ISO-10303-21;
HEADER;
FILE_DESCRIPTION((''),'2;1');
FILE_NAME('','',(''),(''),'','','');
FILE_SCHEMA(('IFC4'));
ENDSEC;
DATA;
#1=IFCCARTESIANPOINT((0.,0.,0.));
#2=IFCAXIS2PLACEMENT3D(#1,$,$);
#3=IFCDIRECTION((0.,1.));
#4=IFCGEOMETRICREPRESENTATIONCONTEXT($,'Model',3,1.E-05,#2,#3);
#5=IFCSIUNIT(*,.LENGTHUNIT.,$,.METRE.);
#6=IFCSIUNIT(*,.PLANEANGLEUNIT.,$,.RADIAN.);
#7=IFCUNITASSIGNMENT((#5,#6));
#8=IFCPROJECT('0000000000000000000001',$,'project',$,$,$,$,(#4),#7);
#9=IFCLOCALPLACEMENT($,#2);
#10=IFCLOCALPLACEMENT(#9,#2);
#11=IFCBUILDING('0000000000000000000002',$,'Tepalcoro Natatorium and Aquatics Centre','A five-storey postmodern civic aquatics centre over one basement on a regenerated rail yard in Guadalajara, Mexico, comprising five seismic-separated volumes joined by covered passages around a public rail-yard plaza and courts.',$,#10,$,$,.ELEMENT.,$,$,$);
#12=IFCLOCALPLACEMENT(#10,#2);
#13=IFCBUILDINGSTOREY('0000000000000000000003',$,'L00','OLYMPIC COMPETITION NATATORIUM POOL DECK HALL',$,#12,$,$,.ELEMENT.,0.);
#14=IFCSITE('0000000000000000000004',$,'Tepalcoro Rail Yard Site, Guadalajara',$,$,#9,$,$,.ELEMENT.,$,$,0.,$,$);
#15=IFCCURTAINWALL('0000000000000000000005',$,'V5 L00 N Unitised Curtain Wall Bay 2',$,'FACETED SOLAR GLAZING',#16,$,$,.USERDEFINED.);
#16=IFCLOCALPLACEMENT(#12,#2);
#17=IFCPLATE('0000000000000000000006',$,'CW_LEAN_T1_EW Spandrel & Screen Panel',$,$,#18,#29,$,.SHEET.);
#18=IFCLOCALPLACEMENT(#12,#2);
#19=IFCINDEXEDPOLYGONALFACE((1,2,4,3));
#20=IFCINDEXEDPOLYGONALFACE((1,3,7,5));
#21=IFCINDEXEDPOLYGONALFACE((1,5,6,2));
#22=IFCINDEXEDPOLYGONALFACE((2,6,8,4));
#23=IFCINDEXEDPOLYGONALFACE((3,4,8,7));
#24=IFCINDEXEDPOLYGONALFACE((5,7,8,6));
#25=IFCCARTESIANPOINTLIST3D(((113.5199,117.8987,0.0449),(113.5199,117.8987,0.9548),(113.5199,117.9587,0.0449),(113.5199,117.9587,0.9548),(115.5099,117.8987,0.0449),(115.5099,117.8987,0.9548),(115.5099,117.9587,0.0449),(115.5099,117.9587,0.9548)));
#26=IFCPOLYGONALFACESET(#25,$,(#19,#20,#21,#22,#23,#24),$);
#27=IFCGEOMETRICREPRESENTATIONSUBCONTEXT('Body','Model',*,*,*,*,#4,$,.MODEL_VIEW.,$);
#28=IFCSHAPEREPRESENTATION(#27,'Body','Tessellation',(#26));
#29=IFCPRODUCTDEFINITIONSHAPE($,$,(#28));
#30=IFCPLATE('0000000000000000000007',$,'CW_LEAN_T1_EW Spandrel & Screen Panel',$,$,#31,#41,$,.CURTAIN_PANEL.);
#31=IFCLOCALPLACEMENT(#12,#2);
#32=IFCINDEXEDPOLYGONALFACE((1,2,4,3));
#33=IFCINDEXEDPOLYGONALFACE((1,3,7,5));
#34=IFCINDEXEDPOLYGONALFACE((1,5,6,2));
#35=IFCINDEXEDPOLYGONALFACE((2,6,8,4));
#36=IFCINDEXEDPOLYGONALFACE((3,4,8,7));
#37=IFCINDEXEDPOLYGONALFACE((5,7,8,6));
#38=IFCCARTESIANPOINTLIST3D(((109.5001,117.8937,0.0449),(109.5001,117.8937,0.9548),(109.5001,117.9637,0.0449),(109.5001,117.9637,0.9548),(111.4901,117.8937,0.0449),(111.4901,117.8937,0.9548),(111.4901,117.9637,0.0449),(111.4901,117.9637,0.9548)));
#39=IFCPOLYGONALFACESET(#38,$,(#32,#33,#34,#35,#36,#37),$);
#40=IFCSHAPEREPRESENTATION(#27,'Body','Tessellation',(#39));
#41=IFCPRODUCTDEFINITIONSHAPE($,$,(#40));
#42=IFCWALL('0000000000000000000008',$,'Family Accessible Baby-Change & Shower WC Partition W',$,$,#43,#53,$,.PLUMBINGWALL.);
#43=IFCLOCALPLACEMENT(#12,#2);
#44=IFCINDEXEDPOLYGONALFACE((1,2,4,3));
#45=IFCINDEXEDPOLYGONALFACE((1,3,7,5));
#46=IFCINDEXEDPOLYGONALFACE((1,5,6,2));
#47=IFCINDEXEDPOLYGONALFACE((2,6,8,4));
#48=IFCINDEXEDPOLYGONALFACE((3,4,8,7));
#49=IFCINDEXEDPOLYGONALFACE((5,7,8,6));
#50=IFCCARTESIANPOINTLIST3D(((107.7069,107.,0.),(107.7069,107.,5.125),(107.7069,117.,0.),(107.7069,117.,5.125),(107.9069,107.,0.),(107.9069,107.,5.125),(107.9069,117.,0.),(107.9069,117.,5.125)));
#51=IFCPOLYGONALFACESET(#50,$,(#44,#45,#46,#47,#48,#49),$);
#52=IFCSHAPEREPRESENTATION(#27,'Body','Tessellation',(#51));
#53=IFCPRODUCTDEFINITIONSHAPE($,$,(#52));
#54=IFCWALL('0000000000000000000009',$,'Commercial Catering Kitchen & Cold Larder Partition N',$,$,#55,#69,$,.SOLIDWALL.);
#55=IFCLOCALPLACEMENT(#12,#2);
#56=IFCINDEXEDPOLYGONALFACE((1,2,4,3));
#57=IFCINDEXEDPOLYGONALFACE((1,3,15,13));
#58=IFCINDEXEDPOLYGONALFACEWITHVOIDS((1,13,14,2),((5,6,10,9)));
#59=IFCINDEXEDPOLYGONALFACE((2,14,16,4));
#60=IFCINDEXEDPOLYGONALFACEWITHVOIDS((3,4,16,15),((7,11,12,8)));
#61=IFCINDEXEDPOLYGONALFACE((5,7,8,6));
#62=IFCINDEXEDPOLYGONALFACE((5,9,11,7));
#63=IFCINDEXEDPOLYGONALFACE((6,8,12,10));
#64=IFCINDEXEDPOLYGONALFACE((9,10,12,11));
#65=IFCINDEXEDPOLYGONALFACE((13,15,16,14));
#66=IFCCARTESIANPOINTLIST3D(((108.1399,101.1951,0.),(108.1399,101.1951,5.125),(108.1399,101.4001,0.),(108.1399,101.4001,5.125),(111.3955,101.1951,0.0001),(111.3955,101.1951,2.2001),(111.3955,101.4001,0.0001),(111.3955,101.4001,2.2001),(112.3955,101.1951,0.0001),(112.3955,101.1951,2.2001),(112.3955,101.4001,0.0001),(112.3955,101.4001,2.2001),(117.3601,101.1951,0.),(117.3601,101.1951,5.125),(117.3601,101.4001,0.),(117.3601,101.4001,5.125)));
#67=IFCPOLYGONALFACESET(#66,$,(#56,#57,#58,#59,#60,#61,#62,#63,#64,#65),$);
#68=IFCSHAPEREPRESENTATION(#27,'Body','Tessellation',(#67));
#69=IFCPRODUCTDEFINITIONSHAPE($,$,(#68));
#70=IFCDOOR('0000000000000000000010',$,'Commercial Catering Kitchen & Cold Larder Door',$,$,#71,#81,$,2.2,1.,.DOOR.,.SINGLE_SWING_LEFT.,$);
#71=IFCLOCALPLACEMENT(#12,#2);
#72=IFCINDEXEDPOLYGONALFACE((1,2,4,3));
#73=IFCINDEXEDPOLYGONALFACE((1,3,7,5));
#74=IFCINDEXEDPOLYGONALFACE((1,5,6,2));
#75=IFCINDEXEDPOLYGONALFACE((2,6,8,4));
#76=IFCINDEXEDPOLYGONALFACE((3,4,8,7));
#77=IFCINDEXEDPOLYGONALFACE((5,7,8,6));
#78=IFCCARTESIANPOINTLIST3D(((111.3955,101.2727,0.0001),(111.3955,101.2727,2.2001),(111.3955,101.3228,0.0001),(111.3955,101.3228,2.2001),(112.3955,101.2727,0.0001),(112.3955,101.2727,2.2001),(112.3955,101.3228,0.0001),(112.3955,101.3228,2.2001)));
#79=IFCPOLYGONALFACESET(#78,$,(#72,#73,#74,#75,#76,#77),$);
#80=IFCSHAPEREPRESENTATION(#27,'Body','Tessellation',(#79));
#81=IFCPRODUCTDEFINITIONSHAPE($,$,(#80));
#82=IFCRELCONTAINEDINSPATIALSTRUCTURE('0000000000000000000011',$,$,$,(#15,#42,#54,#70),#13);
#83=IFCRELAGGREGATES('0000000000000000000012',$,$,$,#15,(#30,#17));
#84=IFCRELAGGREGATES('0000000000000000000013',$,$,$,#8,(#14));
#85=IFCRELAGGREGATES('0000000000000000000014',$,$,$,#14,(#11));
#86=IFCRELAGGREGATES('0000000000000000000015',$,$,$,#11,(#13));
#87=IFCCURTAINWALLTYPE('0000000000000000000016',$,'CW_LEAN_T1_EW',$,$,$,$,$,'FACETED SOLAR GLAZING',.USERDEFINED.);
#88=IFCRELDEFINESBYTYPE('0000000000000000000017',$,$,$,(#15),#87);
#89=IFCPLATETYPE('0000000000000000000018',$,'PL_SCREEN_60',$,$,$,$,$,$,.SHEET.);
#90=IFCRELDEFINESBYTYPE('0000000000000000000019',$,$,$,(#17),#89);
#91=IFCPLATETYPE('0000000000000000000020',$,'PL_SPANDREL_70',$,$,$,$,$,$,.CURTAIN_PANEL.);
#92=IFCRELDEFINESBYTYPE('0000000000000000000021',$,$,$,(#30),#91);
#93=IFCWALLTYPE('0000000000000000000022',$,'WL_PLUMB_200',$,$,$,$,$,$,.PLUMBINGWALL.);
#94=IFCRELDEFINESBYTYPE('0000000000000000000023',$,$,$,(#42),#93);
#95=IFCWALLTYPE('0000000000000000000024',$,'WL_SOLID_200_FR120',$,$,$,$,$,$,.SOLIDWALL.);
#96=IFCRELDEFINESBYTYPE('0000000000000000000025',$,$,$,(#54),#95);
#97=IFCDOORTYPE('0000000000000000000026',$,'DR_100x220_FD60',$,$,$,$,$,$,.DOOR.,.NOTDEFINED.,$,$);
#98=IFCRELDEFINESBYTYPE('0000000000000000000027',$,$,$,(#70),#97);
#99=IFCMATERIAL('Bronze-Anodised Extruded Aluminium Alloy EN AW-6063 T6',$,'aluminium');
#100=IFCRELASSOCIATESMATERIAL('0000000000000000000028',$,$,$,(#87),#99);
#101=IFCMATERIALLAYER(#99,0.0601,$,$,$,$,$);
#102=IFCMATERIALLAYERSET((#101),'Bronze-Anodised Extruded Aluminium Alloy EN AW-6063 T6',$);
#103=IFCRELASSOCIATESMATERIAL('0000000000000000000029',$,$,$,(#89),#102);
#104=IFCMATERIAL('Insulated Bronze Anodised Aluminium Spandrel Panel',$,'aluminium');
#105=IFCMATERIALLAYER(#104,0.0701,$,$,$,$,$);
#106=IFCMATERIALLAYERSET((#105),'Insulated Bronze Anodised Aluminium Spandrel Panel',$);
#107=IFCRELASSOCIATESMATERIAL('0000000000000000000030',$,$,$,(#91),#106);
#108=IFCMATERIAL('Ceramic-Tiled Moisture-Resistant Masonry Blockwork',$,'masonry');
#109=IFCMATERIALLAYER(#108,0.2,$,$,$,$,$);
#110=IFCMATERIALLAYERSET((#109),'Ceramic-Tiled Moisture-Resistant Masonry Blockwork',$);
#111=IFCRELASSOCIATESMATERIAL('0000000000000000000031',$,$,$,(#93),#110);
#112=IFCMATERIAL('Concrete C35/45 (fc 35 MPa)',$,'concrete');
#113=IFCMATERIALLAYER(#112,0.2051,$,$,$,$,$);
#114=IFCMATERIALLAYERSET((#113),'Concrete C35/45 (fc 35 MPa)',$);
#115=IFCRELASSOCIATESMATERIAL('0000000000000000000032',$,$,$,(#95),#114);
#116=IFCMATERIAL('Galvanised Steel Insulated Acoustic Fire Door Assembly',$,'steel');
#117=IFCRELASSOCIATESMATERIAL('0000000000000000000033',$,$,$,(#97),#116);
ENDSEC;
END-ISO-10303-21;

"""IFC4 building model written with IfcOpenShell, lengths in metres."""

from ifc_helpers import new_model, si_unit, direction, frame, frame_2d, origin, origin_2d, place, context, subcontext, project, spatial, rectangle, extrude, material, layer, layer_set, type_object, element, fill, aggregate, save


model = new_model("IFC4")

# Units and contexts
model_context = context("Model", 3, precision=1e-05, world=origin(), true_north=direction((0.0, 1.0)))
body_context = subcontext(model_context, "Body", "Model", "MODEL_VIEW")
ifc_project = project(units=[si_unit("LENGTHUNIT", "METRE"), si_unit("PLANEANGLEUNIT", "RADIAN")], contexts=[model_context])

# Site, building, storey
site_placement = place(None, origin())
site = spatial("IfcSite", under=ifc_project, at=site_placement, Name="Tepalcoro Rail Yard Site, Guadalajara", CompositionType="ELEMENT", RefElevation=0.0)
building_placement = place(site_placement, origin())
building = spatial("IfcBuilding", under=site, at=building_placement, Name="Tepalcoro Natatorium and Aquatics Centre", Description="A five-storey postmodern civic aquatics centre over one basement on a regenerated rail yard in Guadalajara, Mexico, comprising five seismic-separated volumes joined by covered passages around a public rail-yard plaza and courts.", CompositionType="ELEMENT")
storey_placement = place(building_placement, origin())
storey = spatial("IfcBuildingStorey", under=building, at=storey_placement, Name="L00", Description="OLYMPIC COMPETITION NATATORIUM POOL DECK HALL", CompositionType="ELEMENT", Elevation=0.0)

# Curtain wall
ifc_material_1 = material(Name="Bronze-Anodised Extruded Aluminium Alloy EN AW-6063 T6", Category="aluminium")
curtain_wall_type = type_object("IfcCurtainWallType", Name="CW_LEAN_T1_EW", ElementType="FACETED SOLAR GLAZING", PredefinedType="USERDEFINED", material=ifc_material_1)
curtain_wall_placement = place(storey_placement, origin())
curtain_wall = element("IfcCurtainWall", 1, at=curtain_wall_placement, inside=storey, type_object=curtain_wall_type, Name="V5 L00 N Unitised Curtain Wall Bay 2", ObjectType="FACETED SOLAR GLAZING", PredefinedType="USERDEFINED")

# Plates
ifc_layer_1 = layer(ifc_material_1, 0.0601)
ifc_layer_set_1 = layer_set([ifc_layer_1], Name="Bronze-Anodised Extruded Aluminium Alloy EN AW-6063 T6")
plate_type_1 = type_object("IfcPlateType", Name="PL_SCREEN_60", PredefinedType="SHEET", material=ifc_layer_set_1)
plate_1_placement = place(storey_placement, frame((114.5149, 117.9287, 0.0449), z_axis=(0.0, 0.0, 1.0), x_axis=(1.0, 0.0, 0.0)))
plate_1 = element("IfcPlate", 2, at=plate_1_placement, type_object=plate_type_1, Name="CW_LEAN_T1_EW Spandrel & Screen Panel", PredefinedType="SHEET", context=body_context, shape_type="SweptSolid", body=[
    extrude(rectangle(XDim=1.99, YDim=0.0601, at=origin_2d()), origin(), (0.0, 0.0, 1.0), 0.9099),
])
ifc_material_2 = material(Name="Insulated Bronze Anodised Aluminium Spandrel Panel", Category="aluminium")
ifc_layer_2 = layer(ifc_material_2, 0.0701)
ifc_layer_set_2 = layer_set([ifc_layer_2], Name="Insulated Bronze Anodised Aluminium Spandrel Panel")
plate_type_2 = type_object("IfcPlateType", Name="PL_SPANDREL_70", PredefinedType="CURTAIN_PANEL", material=ifc_layer_set_2)
plate_2_placement = place(storey_placement, frame((110.4951, 117.9287, 0.0449), z_axis=(0.0, 0.0, 1.0), x_axis=(1.0, 0.0, 0.0)))
plate_2 = element("IfcPlate", 3, at=plate_2_placement, type_object=plate_type_2, Name="CW_LEAN_T1_EW Spandrel & Screen Panel", PredefinedType="CURTAIN_PANEL", context=body_context, shape_type="SweptSolid", body=[
    extrude(rectangle(XDim=1.99, YDim=0.0701, at=origin_2d()), origin(), (0.0, 0.0, 1.0), 0.9099),
])
aggregate(curtain_wall, [plate_2, plate_1])

# Wall
ifc_material_3 = material(Name="Ceramic-Tiled Moisture-Resistant Masonry Blockwork", Category="masonry")
ifc_layer_3 = layer(ifc_material_3, 0.2)
ifc_layer_set_3 = layer_set([ifc_layer_3], Name="Ceramic-Tiled Moisture-Resistant Masonry Blockwork")
wall_type_1 = type_object("IfcWallType", Name="WL_PLUMB_200", PredefinedType="PLUMBINGWALL", material=ifc_layer_set_3)
wall_1_placement = place(storey_placement, frame((107.8069, 107.0, 0.0), z_axis=(0.0, 0.0, 1.0), x_axis=(0.0, 1.0, 0.0)))
element("IfcWall", 4, at=wall_1_placement, inside=storey, type_object=wall_type_1, Name="Family Accessible Baby-Change & Shower WC Partition W", PredefinedType="PLUMBINGWALL", context=body_context, shape_type="SweptSolid", body=[
    extrude(rectangle(XDim=10.0, YDim=0.2, at=frame_2d((5.0, 0.0))), origin(), (0.0, 0.0, 1.0), 5.125),
])

# Wall, opening, door
ifc_material_4 = material(Name="Concrete C35/45 (fc 35 MPa)", Category="concrete")
ifc_layer_4 = layer(ifc_material_4, 0.2051)
ifc_layer_set_4 = layer_set([ifc_layer_4], Name="Concrete C35/45 (fc 35 MPa)")
wall_type_2 = type_object("IfcWallType", Name="WL_SOLID_200_FR120", PredefinedType="SOLIDWALL", material=ifc_layer_set_4)
wall_2_placement = place(storey_placement, frame((108.1399, 101.2976, 0.0), z_axis=(0.0, 0.0, 1.0), x_axis=(1.0, 0.0, 0.0)))
wall_2 = element("IfcWall", 5, at=wall_2_placement, inside=storey, type_object=wall_type_2, Name="Commercial Catering Kitchen & Cold Larder Partition N", PredefinedType="SOLIDWALL", context=body_context, shape_type="SweptSolid", body=[
    extrude(rectangle(XDim=9.2202, YDim=0.2051, at=frame_2d((4.6101, 0.0))), origin(), (0.0, 0.0, 1.0), 5.125),
])
opening_placement = place(wall_2_placement, frame((3.2556, 0.0, 0.0)))
opening = element("IfcOpeningElement", 6, at=opening_placement, cuts=wall_2, PredefinedType="OPENING", context=body_context, shape_type="SweptSolid", body=[
    extrude(rectangle(XDim=1.0, YDim=2.2, at=frame_2d((0.5, 1.1001))), frame((0.0, 0.1145, 0.0), z_axis=(0.0, -1.0, 0.0), x_axis=(1.0, 0.0, 0.0)), (0.0, 0.0, 1.0), 0.229),
])
ifc_material_5 = material(Name="Galvanised Steel Insulated Acoustic Fire Door Assembly", Category="steel")
door_type = type_object("IfcDoorType", Name="DR_100x220_FD60", OperationType="NOTDEFINED", PredefinedType="DOOR", material=ifc_material_5)
door_placement = place(opening_placement, frame((1.0, 0.0, 0.0), z_axis=(0.0, 0.0, 1.0), x_axis=(-1.0, 0.0, 0.0)))
door = element("IfcDoor", 7, at=door_placement, inside=storey, type_object=door_type, Name="Commercial Catering Kitchen & Cold Larder Door", OperationType="SINGLE_SWING_LEFT", OverallHeight=2.2, OverallWidth=1.0, PredefinedType="DOOR", context=body_context, shape_type="SweptSolid", body=[
    extrude(rectangle(XDim=1.0, YDim=2.2, at=frame_2d((0.5, 1.1001))), frame((0.0, 0.0249, 0.0), z_axis=(0.0, -1.0, 0.0), x_axis=(1.0, 0.0, 0.0)), (0.0, 0.0, 1.0), 0.05),
])
fill(opening, door)

save(model, "model.ifc")
